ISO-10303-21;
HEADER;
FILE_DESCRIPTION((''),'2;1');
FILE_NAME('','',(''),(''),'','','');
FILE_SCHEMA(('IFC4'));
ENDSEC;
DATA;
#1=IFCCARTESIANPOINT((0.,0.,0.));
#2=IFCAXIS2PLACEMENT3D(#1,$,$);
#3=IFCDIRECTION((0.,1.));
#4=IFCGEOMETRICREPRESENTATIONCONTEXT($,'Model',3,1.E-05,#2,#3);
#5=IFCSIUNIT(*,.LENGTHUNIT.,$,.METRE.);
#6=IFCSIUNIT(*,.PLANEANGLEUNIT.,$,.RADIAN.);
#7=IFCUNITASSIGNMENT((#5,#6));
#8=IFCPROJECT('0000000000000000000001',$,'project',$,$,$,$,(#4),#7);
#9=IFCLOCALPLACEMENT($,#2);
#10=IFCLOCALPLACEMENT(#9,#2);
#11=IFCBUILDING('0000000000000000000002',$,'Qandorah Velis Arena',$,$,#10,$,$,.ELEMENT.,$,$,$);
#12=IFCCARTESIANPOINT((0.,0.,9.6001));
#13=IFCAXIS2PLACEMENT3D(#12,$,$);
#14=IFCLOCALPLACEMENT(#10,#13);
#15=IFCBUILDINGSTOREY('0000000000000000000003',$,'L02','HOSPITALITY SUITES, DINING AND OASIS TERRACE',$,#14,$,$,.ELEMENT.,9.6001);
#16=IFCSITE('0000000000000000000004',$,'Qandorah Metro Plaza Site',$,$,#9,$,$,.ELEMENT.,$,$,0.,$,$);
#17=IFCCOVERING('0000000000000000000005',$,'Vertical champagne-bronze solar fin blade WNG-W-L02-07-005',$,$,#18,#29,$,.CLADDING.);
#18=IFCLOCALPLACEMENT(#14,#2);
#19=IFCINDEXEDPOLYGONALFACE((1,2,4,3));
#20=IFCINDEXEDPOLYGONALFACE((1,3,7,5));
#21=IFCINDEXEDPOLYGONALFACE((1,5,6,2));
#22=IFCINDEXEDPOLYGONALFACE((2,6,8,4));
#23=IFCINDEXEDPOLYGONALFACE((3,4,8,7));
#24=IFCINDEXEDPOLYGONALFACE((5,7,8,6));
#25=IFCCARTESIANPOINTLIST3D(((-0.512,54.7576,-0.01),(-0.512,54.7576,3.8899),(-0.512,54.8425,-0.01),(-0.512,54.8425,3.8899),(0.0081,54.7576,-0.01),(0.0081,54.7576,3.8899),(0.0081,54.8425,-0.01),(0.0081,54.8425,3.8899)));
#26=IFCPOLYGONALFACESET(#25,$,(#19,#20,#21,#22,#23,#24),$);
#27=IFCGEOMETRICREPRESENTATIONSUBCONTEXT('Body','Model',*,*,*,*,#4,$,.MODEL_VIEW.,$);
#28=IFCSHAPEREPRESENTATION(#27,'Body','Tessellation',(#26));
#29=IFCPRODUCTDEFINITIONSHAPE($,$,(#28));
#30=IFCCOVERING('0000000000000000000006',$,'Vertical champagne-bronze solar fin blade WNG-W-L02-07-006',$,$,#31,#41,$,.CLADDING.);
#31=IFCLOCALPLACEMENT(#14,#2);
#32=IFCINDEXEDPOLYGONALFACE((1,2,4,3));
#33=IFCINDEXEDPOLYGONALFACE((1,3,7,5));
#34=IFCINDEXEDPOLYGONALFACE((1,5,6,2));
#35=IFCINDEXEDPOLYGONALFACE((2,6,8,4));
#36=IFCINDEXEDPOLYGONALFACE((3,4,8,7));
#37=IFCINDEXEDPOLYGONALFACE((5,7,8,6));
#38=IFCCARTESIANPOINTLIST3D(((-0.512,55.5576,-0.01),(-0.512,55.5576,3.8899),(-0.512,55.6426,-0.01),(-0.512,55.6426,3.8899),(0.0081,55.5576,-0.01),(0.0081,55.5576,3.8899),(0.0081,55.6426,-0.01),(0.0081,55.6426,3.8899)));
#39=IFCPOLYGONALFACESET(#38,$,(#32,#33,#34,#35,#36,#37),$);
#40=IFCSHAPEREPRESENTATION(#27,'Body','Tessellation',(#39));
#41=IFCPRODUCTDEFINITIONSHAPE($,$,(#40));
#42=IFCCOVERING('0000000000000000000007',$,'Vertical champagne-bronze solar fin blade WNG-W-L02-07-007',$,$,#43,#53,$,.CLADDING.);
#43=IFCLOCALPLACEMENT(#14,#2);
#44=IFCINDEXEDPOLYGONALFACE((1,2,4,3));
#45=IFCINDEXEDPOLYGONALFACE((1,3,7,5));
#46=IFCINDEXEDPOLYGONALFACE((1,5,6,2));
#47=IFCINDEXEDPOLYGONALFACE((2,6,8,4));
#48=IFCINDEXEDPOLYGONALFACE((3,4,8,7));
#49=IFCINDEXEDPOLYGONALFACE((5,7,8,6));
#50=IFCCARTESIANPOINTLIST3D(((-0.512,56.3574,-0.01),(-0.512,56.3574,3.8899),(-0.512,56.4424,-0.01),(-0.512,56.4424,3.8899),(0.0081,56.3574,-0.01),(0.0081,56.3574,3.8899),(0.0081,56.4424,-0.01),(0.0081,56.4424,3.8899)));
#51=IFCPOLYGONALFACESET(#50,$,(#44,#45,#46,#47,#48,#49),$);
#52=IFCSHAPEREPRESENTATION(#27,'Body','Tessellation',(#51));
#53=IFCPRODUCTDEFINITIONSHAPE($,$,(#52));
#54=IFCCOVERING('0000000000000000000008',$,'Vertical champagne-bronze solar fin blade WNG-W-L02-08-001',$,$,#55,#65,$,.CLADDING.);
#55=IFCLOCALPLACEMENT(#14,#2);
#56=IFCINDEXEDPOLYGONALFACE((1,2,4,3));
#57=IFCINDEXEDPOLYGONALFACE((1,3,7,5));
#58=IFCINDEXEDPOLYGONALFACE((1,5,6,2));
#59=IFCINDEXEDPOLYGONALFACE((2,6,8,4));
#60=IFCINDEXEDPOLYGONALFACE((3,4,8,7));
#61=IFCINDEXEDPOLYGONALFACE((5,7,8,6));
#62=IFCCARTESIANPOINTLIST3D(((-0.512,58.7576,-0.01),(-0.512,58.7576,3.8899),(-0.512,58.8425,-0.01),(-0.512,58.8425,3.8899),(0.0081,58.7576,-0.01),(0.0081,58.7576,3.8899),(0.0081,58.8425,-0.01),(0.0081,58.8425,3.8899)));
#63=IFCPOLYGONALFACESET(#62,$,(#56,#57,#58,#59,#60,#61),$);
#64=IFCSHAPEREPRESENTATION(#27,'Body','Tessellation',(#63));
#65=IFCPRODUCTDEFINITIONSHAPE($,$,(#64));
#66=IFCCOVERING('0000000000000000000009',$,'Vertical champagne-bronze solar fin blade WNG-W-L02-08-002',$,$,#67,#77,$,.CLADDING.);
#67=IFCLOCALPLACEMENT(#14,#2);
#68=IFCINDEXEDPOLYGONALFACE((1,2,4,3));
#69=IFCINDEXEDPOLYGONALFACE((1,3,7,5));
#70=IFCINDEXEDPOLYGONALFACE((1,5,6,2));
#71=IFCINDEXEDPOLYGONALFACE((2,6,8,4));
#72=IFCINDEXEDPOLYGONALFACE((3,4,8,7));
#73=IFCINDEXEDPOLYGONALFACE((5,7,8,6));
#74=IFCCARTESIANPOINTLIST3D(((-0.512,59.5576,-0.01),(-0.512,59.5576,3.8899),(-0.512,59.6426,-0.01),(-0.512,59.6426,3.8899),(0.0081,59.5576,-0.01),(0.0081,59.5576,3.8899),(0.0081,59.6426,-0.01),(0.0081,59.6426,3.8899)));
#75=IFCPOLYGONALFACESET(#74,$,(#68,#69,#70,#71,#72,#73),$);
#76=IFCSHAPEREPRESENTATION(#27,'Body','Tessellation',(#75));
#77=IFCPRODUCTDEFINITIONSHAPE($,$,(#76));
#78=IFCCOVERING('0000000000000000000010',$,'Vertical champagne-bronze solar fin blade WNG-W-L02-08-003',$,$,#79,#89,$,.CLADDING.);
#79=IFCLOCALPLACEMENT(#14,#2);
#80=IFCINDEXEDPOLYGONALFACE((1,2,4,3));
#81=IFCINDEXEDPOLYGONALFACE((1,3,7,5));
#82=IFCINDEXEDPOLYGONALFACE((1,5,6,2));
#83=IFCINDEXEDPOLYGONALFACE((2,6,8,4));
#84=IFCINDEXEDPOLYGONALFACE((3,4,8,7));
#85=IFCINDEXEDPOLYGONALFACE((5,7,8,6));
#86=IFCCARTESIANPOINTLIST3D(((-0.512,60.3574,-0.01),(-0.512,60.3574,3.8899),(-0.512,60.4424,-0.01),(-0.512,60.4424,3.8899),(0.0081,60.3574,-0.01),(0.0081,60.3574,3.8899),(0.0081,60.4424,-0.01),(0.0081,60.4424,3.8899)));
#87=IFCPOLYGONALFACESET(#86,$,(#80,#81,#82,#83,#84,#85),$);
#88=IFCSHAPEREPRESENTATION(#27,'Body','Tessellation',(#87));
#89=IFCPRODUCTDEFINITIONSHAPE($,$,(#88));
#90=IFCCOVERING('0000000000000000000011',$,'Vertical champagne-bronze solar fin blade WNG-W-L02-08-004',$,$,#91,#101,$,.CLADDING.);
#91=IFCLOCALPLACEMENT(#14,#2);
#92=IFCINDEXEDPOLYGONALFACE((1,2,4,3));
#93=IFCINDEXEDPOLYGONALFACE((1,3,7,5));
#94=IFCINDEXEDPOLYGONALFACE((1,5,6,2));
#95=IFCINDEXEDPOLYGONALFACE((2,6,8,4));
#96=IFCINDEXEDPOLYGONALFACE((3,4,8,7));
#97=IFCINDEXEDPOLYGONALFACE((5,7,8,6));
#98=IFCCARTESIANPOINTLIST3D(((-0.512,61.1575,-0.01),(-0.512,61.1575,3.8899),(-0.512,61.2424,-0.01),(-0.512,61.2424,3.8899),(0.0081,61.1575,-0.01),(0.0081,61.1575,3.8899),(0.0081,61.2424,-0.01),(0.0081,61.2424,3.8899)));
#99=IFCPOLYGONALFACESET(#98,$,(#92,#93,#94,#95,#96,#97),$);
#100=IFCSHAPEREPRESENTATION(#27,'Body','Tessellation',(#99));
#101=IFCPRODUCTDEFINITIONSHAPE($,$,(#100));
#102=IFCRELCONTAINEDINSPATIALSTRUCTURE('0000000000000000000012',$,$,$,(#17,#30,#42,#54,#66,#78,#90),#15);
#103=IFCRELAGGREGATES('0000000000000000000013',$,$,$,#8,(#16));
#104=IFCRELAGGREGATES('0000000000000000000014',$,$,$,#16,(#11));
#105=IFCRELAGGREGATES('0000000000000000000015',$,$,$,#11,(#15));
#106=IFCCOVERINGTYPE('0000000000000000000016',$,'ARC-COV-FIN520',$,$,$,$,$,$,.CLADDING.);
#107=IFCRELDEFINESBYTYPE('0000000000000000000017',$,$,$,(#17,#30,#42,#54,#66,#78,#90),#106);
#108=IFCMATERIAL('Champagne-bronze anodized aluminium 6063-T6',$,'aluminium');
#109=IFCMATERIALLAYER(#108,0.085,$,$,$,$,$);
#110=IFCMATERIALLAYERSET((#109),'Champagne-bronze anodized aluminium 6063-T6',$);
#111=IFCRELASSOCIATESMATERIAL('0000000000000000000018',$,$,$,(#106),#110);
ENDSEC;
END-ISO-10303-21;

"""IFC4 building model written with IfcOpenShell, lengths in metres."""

from ifc_helpers import new_model, si_unit, direction, frame, origin, origin_2d, place, context, subcontext, project, spatial, rectangle, extrude, material, layer, layer_set, type_object, element, save


model = new_model("IFC4")

# Units and contexts
model_context = context("Model", 3, precision=1e-05, world=origin(), true_north=direction((0.0, 1.0)))
body_context = subcontext(model_context, "Body", "Model", "MODEL_VIEW")
ifc_project = project(units=[si_unit("LENGTHUNIT", "METRE"), si_unit("PLANEANGLEUNIT", "RADIAN")], contexts=[model_context])

# Site, building, storey
site_placement = place(None, origin())
site = spatial("IfcSite", under=ifc_project, at=site_placement, Name="Qandorah Metro Plaza Site", CompositionType="ELEMENT", RefElevation=0.0)
building_placement = place(site_placement, origin())
building = spatial("IfcBuilding", under=site, at=building_placement, Name="Qandorah Velis Arena", CompositionType="ELEMENT")
storey_placement = place(building_placement, frame((0.0, 0.0, 9.6001)))
storey = spatial("IfcBuildingStorey", under=building, at=storey_placement, Name="L02", Description="HOSPITALITY SUITES, DINING AND OASIS TERRACE", CompositionType="ELEMENT", Elevation=9.6001)

# Shared definitions
ifc_material_1 = material(Name="Champagne-bronze anodized aluminium 6063-T6", Category="aluminium")

# Coverings
ifc_layer_1 = layer(ifc_material_1, 0.085)
ifc_layer_set_1 = layer_set([ifc_layer_1], Name="Champagne-bronze anodized aluminium 6063-T6")
covering_type = type_object("IfcCoveringType", Name="ARC-COV-FIN520", PredefinedType="CLADDING", material=ifc_layer_set_1)
for number, where, z_axis, x_axis, name in (
    (1, (-0.252, 54.8, -0.01), (0.0, 0.0, 1.0), (1.0, 0.0, 0.0), "Vertical champagne-bronze solar fin blade WNG-W-L02-07-005"),
    (2, (-0.252, 55.6001, -0.01), (0.0, 0.0, 1.0), (1.0, 0.0, 0.0), "Vertical champagne-bronze solar fin blade WNG-W-L02-07-006"),
    (3, (-0.252, 56.3999, -0.01), (0.0, 0.0, 1.0), (1.0, 0.0, 0.0), "Vertical champagne-bronze solar fin blade WNG-W-L02-07-007"),
    (4, (-0.252, 58.8, -0.01), (0.0, 0.0, 1.0), (1.0, 0.0, 0.0), "Vertical champagne-bronze solar fin blade WNG-W-L02-08-001"),
    (5, (-0.252, 59.6001, -0.01), (0.0, 0.0, 1.0), (1.0, 0.0, 0.0), "Vertical champagne-bronze solar fin blade WNG-W-L02-08-002"),
    (6, (-0.252, 60.3999, -0.01), (0.0, 0.0, 1.0), (1.0, 0.0, 0.0), "Vertical champagne-bronze solar fin blade WNG-W-L02-08-003"),
    (7, (-0.252, 61.2, -0.01), (0.0, 0.0, 1.0), (1.0, 0.0, 0.0), "Vertical champagne-bronze solar fin blade WNG-W-L02-08-004"),
):
    element("IfcCovering", number, at=place(storey_placement, frame(where, z_axis=z_axis, x_axis=x_axis)), inside=storey, type_object=covering_type, Name=name, PredefinedType="CLADDING", context=body_context, shape_type="SweptSolid", body=[
        extrude(rectangle(XDim=0.52, YDim=0.085, at=origin_2d()), origin(), (0.0, 0.0, 1.0), 3.8999),
    ])

save(model, "model.ifc")
